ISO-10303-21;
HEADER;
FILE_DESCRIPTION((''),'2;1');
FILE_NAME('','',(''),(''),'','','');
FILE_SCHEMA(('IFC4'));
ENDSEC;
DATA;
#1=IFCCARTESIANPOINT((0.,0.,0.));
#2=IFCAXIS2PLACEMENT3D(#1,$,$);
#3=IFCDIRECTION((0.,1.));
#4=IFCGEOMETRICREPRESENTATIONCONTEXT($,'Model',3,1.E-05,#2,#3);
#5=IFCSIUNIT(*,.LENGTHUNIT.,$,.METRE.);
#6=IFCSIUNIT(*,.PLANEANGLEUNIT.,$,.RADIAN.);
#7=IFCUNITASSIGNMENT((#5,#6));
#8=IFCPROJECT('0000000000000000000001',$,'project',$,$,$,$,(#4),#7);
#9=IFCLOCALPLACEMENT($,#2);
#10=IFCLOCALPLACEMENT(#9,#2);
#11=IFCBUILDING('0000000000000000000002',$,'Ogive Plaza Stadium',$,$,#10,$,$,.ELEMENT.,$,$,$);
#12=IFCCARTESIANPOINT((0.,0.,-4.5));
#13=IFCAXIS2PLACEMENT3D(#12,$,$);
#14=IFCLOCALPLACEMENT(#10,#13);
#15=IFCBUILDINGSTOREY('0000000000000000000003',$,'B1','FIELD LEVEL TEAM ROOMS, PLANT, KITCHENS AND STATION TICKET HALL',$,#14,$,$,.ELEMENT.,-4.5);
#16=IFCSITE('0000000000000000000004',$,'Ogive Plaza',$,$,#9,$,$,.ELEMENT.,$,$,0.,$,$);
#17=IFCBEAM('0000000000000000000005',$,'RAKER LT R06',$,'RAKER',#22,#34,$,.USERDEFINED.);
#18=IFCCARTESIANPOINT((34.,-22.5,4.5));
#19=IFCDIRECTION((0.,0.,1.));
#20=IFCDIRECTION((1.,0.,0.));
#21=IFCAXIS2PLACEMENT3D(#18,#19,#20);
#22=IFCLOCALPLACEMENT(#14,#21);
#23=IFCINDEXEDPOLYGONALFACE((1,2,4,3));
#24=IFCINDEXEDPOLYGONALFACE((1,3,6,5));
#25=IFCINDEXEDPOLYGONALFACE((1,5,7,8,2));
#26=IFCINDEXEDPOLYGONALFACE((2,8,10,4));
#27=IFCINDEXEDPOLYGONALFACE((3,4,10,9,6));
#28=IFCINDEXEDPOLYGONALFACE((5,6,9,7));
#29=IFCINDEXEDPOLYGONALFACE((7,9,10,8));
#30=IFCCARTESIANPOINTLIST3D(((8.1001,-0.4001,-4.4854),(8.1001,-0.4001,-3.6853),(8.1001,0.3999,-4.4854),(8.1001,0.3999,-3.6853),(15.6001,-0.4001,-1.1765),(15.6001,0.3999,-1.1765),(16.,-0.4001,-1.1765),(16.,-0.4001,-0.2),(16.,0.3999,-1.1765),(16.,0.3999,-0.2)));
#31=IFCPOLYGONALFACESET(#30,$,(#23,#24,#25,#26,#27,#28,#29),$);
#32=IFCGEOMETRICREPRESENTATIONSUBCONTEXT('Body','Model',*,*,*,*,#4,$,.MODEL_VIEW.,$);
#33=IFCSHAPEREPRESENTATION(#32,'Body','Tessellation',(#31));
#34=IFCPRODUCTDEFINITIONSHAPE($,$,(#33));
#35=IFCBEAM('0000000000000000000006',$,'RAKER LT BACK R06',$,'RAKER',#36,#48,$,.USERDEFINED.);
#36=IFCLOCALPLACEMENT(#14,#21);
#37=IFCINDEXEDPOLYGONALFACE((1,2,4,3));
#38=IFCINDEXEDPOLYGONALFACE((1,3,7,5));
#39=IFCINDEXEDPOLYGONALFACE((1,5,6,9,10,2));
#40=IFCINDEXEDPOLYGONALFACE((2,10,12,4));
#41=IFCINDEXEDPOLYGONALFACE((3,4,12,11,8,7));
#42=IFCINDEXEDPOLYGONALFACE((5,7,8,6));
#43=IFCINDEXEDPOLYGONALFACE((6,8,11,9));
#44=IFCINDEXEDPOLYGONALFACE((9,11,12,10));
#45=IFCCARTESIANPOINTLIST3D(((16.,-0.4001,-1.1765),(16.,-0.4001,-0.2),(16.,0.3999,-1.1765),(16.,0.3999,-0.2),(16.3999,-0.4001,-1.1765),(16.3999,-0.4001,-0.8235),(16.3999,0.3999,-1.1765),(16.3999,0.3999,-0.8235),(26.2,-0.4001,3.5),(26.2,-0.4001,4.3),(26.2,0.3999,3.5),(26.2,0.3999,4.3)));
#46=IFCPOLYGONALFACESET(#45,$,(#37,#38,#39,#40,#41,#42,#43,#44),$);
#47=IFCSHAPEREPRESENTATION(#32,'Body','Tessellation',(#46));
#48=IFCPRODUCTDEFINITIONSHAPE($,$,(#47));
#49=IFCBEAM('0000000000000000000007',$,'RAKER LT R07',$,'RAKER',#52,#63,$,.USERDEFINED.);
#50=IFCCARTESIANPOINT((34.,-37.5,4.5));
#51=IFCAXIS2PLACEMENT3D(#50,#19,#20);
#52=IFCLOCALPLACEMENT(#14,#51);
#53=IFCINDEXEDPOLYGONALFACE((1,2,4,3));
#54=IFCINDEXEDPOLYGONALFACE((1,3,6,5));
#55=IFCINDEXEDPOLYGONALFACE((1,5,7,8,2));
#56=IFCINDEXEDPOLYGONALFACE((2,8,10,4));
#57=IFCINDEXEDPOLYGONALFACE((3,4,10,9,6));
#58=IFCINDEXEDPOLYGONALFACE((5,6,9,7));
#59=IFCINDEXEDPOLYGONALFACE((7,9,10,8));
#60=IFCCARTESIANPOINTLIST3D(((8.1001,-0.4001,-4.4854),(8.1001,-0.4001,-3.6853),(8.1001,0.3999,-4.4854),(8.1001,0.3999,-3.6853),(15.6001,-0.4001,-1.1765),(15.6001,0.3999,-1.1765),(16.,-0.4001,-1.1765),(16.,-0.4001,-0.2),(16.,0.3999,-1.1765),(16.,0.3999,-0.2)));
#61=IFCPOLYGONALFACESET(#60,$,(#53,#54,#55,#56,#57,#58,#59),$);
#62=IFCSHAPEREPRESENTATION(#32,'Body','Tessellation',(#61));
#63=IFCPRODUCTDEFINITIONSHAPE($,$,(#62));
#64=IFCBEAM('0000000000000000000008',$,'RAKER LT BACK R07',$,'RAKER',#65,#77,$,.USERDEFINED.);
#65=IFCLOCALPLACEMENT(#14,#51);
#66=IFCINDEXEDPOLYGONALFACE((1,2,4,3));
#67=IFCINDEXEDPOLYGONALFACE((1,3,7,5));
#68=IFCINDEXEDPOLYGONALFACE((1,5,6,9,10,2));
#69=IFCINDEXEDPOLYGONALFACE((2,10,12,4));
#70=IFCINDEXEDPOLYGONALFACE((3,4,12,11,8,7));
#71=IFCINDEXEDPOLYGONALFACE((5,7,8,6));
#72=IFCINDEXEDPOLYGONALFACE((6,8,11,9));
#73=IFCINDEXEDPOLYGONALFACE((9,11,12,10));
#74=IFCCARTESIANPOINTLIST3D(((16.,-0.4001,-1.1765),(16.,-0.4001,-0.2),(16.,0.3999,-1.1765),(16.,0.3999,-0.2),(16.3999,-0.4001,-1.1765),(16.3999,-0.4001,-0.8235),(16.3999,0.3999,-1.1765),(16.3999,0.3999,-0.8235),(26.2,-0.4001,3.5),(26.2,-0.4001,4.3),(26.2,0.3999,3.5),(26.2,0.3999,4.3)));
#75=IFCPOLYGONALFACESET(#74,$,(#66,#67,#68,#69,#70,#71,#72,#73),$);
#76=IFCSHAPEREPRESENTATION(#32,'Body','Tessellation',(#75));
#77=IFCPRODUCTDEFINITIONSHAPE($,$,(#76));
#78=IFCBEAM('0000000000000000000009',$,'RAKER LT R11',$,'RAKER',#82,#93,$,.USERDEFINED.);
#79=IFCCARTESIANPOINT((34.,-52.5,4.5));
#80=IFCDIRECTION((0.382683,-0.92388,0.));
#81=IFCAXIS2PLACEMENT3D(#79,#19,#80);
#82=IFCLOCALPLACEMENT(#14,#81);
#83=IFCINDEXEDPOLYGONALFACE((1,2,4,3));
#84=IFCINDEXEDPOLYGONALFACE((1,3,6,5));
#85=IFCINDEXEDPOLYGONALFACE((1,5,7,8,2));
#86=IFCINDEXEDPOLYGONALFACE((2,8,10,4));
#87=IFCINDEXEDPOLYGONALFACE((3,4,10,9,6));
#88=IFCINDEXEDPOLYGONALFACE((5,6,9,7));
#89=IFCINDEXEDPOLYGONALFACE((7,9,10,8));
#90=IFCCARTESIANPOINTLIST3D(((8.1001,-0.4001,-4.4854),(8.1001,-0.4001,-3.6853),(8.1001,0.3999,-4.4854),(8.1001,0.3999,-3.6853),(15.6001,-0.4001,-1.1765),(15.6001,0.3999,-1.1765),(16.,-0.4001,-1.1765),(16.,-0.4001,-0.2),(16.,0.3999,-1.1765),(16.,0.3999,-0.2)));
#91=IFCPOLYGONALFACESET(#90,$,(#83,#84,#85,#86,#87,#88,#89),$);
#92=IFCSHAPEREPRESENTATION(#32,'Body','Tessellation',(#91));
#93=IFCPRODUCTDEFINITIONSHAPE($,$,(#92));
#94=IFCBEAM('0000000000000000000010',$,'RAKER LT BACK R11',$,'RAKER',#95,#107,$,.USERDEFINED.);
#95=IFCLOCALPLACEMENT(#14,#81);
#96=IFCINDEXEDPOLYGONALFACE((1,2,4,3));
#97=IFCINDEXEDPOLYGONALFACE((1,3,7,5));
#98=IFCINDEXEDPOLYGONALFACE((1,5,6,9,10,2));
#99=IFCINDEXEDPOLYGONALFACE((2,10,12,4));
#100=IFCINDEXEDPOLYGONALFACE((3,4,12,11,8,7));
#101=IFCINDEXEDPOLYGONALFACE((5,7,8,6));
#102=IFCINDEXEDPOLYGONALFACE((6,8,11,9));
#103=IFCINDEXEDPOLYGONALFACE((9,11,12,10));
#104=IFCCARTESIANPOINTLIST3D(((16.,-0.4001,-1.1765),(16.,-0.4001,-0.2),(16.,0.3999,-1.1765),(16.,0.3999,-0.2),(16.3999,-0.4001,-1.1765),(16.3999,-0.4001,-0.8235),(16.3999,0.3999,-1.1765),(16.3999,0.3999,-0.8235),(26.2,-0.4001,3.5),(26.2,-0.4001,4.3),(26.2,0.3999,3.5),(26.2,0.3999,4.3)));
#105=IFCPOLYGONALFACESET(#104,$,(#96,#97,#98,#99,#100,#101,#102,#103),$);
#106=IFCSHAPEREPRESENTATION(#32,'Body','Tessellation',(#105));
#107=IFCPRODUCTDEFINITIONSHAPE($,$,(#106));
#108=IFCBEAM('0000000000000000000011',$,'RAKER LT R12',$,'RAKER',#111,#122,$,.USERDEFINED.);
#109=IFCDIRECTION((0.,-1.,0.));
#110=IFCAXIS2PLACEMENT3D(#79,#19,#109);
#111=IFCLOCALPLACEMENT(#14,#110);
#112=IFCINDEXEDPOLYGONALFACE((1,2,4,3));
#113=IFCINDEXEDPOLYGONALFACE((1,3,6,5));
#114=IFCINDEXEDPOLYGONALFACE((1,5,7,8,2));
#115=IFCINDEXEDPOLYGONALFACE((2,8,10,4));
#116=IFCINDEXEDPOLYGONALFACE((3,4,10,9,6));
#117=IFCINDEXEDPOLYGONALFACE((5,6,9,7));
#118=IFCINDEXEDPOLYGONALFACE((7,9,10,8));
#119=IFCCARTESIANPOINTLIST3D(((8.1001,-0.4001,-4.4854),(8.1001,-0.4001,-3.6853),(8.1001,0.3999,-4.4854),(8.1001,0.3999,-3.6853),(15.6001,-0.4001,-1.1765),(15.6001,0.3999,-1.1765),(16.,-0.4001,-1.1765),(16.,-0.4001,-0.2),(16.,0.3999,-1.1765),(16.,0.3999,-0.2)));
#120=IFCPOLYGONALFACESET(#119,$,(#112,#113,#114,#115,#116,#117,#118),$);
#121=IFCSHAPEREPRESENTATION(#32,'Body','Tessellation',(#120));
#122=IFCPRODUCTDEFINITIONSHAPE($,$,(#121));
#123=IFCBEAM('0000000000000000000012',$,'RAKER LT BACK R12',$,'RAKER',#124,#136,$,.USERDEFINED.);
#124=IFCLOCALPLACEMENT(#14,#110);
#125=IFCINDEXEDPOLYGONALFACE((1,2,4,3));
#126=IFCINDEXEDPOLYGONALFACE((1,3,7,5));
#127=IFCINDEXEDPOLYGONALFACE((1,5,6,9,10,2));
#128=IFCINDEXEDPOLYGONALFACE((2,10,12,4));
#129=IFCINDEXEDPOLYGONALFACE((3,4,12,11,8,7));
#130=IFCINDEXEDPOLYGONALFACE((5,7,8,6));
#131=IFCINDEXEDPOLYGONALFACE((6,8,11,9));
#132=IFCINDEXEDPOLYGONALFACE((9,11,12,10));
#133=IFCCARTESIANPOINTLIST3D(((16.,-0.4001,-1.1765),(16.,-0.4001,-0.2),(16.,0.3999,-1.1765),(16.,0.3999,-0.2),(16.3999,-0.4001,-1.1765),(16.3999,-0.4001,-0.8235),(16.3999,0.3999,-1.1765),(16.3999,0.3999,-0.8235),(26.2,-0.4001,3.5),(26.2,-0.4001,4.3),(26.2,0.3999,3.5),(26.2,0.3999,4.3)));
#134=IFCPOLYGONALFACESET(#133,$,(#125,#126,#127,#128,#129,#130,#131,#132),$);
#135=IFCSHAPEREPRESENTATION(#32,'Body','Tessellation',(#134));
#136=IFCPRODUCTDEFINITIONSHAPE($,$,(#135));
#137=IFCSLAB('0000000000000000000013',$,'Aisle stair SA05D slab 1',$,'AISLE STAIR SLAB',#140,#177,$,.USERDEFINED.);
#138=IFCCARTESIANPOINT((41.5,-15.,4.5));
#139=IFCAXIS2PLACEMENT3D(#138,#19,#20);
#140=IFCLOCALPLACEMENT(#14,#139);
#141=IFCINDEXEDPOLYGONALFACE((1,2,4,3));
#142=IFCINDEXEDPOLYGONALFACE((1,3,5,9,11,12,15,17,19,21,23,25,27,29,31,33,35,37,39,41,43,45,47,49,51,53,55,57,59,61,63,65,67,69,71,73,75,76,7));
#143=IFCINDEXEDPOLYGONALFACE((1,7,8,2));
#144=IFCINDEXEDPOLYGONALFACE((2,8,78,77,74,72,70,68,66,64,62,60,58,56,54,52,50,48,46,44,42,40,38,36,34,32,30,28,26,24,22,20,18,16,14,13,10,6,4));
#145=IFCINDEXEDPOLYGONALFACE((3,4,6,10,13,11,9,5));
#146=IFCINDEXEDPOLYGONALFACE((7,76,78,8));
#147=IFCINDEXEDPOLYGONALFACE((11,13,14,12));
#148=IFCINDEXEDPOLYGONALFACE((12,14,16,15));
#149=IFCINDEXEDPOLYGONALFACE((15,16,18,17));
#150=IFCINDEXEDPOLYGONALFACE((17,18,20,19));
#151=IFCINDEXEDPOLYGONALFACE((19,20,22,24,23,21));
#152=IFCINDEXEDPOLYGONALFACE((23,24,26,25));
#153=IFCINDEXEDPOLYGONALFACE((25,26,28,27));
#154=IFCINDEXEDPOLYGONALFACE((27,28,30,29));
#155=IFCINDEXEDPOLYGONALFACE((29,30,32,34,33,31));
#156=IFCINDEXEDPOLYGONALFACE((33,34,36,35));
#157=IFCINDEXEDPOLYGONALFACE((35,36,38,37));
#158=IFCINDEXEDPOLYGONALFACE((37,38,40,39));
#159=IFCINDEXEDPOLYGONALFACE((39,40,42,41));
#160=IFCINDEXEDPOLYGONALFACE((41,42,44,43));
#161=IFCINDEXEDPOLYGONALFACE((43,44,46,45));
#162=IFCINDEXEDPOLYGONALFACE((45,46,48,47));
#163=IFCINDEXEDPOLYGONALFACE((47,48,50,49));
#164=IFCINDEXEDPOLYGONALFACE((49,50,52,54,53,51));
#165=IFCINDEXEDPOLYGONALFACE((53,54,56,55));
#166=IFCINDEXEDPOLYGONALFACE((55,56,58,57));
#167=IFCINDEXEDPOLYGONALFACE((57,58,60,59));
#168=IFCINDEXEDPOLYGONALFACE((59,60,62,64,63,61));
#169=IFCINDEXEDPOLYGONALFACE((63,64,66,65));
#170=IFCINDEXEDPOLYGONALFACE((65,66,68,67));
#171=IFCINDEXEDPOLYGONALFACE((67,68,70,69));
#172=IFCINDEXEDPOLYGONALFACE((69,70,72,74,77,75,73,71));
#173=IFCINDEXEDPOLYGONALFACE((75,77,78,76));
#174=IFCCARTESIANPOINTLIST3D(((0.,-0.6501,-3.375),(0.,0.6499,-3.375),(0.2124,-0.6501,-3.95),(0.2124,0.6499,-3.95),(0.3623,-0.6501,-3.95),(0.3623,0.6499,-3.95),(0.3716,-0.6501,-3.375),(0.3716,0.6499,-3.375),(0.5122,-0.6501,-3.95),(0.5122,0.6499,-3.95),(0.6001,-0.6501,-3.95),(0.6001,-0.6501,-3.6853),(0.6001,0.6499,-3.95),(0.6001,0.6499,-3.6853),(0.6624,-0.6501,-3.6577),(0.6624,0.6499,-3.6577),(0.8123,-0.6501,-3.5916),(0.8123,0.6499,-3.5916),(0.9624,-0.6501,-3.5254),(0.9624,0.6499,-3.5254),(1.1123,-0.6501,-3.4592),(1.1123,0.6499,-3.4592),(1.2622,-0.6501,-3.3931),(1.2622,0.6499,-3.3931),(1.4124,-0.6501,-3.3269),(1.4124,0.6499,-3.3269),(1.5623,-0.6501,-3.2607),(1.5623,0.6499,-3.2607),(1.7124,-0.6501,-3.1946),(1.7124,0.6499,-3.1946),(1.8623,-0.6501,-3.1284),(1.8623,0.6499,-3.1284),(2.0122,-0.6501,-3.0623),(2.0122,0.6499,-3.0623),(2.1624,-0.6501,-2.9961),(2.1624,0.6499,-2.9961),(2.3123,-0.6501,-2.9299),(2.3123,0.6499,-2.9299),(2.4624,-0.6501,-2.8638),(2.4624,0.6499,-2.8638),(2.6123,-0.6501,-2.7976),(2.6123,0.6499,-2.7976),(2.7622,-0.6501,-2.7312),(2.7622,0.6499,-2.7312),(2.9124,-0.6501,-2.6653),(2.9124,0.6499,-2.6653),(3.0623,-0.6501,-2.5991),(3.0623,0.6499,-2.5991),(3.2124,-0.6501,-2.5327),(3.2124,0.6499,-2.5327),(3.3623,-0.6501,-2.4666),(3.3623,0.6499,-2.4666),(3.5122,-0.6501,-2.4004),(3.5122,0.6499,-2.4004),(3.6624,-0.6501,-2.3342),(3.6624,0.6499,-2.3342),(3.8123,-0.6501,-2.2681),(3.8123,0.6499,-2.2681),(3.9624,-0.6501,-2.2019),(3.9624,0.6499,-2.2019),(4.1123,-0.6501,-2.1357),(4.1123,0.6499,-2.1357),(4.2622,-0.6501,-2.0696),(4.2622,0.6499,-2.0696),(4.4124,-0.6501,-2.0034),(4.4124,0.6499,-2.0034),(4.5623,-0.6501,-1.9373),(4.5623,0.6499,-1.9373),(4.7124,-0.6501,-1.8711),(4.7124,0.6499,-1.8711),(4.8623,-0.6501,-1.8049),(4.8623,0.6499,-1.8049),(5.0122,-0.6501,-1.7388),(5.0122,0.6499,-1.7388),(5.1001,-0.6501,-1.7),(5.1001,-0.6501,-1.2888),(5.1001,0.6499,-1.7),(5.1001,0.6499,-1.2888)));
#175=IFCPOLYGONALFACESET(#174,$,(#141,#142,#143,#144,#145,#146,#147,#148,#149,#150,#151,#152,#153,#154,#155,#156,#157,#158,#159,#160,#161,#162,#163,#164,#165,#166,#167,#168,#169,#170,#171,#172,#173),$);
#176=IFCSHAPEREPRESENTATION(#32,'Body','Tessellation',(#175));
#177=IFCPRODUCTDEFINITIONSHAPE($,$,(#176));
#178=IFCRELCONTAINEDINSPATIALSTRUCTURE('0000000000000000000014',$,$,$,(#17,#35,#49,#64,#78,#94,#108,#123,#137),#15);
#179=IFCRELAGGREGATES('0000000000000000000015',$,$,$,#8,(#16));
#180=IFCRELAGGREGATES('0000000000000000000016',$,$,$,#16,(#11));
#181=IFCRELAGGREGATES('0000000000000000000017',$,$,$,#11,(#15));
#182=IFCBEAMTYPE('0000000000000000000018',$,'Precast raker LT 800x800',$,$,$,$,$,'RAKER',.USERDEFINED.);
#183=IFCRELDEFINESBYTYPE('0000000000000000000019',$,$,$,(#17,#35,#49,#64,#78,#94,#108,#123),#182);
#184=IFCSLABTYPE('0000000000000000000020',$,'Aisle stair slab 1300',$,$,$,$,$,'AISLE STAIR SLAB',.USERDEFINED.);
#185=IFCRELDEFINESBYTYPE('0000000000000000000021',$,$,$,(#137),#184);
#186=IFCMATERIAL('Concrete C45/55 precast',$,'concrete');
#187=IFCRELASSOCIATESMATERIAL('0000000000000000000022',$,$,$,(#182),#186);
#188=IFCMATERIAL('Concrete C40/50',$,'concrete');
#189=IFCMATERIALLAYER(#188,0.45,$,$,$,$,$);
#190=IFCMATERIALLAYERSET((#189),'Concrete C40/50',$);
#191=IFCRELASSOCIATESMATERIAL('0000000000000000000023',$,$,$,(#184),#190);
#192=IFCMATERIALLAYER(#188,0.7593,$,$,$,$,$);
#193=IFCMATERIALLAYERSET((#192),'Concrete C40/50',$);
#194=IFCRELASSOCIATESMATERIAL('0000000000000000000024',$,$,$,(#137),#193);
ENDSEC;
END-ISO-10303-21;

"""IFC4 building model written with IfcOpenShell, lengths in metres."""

from ifc_helpers import new_model, si_unit, direction, frame, origin, origin_2d, place, context, subcontext, project, spatial, polyline, rectangle, outline, extrude, material, layer, layer_set, material_profile, profile_set, type_object, element, save


model = new_model("IFC4")

# Units and contexts
model_context = context("Model", 3, precision=1e-05, world=origin(), true_north=direction((0.0, 1.0)))
body_context = subcontext(model_context, "Body", "Model", "MODEL_VIEW")
ifc_project = project(units=[si_unit("LENGTHUNIT", "METRE"), si_unit("PLANEANGLEUNIT", "RADIAN")], contexts=[model_context])

# Site, building, storey
site_placement = place(None, origin())
site = spatial("IfcSite", under=ifc_project, at=site_placement, Name="Ogive Plaza", CompositionType="ELEMENT", RefElevation=0.0)
building_placement = place(site_placement, origin())
building = spatial("IfcBuilding", under=site, at=building_placement, Name="Ogive Plaza Stadium", CompositionType="ELEMENT")
storey_placement = place(building_placement, frame((0.0, 0.0, -4.5)))
storey = spatial("IfcBuildingStorey", under=building, at=storey_placement, Name="B1", Description="FIELD LEVEL TEAM ROOMS, PLANT, KITCHENS AND STATION TICKET HALL", CompositionType="ELEMENT", Elevation=-4.5)

# Beams
ifc_material_1 = material(Name="Concrete C45/55 precast", Category="concrete")
ifc_material_profile_1 = material_profile(ifc_material_1, rectangle(XDim=0.8, YDim=0.8, at=origin_2d()), Name="RC 800x800")
ifc_profile_set_1 = profile_set([ifc_material_profile_1], Name="Concrete C45/55 precast")
beam_type = type_object("IfcBeamType", Name="Precast raker LT 800x800", ElementType="RAKER", PredefinedType="USERDEFINED", material=ifc_profile_set_1)
beam_1_placement = place(storey_placement, frame((34.0, -22.5, 4.5), z_axis=(0.0, 0.0, 1.0), x_axis=(1.0, 0.0, 0.0)))
element("IfcBeam", 1, at=beam_1_placement, inside=storey, type_object=beam_type, Name="RAKER LT R06", ObjectType="RAKER", PredefinedType="USERDEFINED", context=body_context, shape_type="SweptSolid", body=[
    extrude(outline(polyline([(8.1001, -4.4854), (15.6001, -1.1765), (16.0, -1.1765), (16.0, -0.2), (8.1001, -3.6853), (8.1001, -4.4854)])), frame((0.0, 0.3999, 0.0), z_axis=(0.0, -1.0, 0.0), x_axis=(1.0, 0.0, 0.0)), (0.0, 0.0, 1.0), 0.8),
])
beam_2_placement = place(storey_placement, frame((34.0, -22.5, 4.5), z_axis=(0.0, 0.0, 1.0), x_axis=(1.0, 0.0, 0.0)))
element("IfcBeam", 2, at=beam_2_placement, inside=storey, type_object=beam_type, Name="RAKER LT BACK R06", ObjectType="RAKER", PredefinedType="USERDEFINED", context=body_context, shape_type="SweptSolid", body=[
    extrude(outline(polyline([(16.0, -1.1765), (16.3999, -1.1765), (16.3999, -0.8235), (26.2, 3.5), (26.2, 4.3), (16.0, -0.2), (16.0, -1.1765)])), frame((0.0, 0.3999, 0.0), z_axis=(0.0, -1.0, 0.0), x_axis=(1.0, 0.0, 0.0)), (0.0, 0.0, 1.0), 0.8),
])
beam_3_placement = place(storey_placement, frame((34.0, -37.5, 4.5), z_axis=(0.0, 0.0, 1.0), x_axis=(1.0, 0.0, 0.0)))
element("IfcBeam", 3, at=beam_3_placement, inside=storey, type_object=beam_type, Name="RAKER LT R07", ObjectType="RAKER", PredefinedType="USERDEFINED", context=body_context, shape_type="SweptSolid", body=[
    extrude(outline(polyline([(8.1001, -4.4854), (15.6001, -1.1765), (16.0, -1.1765), (16.0, -0.2), (8.1001, -3.6853), (8.1001, -4.4854)])), frame((0.0, 0.3999, 0.0), z_axis=(0.0, -1.0, 0.0), x_axis=(1.0, 0.0, 0.0)), (0.0, 0.0, 1.0), 0.8),
])
beam_4_placement = place(storey_placement, frame((34.0, -37.5, 4.5), z_axis=(0.0, 0.0, 1.0), x_axis=(1.0, 0.0, 0.0)))
element("IfcBeam", 4, at=beam_4_placement, inside=storey, type_object=beam_type, Name="RAKER LT BACK R07", ObjectType="RAKER", PredefinedType="USERDEFINED", context=body_context, shape_type="SweptSolid", body=[
    extrude(outline(polyline([(16.0, -1.1765), (16.3999, -1.1765), (16.3999, -0.8235), (26.2, 3.5), (26.2, 4.3), (16.0, -0.2), (16.0, -1.1765)])), frame((0.0, 0.3999, 0.0), z_axis=(0.0, -1.0, 0.0), x_axis=(1.0, 0.0, 0.0)), (0.0, 0.0, 1.0), 0.8),
])
beam_5_placement = place(storey_placement, frame((34.0, -52.5, 4.5), z_axis=(0.0, 0.0, 1.0), x_axis=(0.382683, -0.92388, 0.0)))
element("IfcBeam", 5, at=beam_5_placement, inside=storey, type_object=beam_type, Name="RAKER LT R11", ObjectType="RAKER", PredefinedType="USERDEFINED", context=body_context, shape_type="SweptSolid", body=[
    extrude(outline(polyline([(8.1001, -4.4854), (15.6001, -1.1765), (16.0, -1.1765), (16.0, -0.2), (8.1001, -3.6853), (8.1001, -4.4854)])), frame((0.0, 0.3999, 0.0), z_axis=(0.0, -1.0, 0.0), x_axis=(1.0, 0.0, 0.0)), (0.0, 0.0, 1.0), 0.8),
])
beam_6_placement = place(storey_placement, frame((34.0, -52.5, 4.5), z_axis=(0.0, 0.0, 1.0), x_axis=(0.382683, -0.92388, 0.0)))
element("IfcBeam", 6, at=beam_6_placement, inside=storey, type_object=beam_type, Name="RAKER LT BACK R11", ObjectType="RAKER", PredefinedType="USERDEFINED", context=body_context, shape_type="SweptSolid", body=[
    extrude(outline(polyline([(16.0, -1.1765), (16.3999, -1.1765), (16.3999, -0.8235), (26.2, 3.5), (26.2, 4.3), (16.0, -0.2), (16.0, -1.1765)])), frame((0.0, 0.3999, 0.0), z_axis=(0.0, -1.0, 0.0), x_axis=(1.0, 0.0, 0.0)), (0.0, 0.0, 1.0), 0.8),
])
beam_7_placement = place(storey_placement, frame((34.0, -52.5, 4.5), z_axis=(0.0, 0.0, 1.0), x_axis=(0.0, -1.0, 0.0)))
element("IfcBeam", 7, at=beam_7_placement, inside=storey, type_object=beam_type, Name="RAKER LT R12", ObjectType="RAKER", PredefinedType="USERDEFINED", context=body_context, shape_type="SweptSolid", body=[
    extrude(outline(polyline([(8.1001, -4.4854), (15.6001, -1.1765), (16.0, -1.1765), (16.0, -0.2), (8.1001, -3.6853), (8.1001, -4.4854)])), frame((0.0, 0.3999, 0.0), z_axis=(0.0, -1.0, 0.0), x_axis=(1.0, 0.0, 0.0)), (0.0, 0.0, 1.0), 0.8),
])
beam_8_placement = place(storey_placement, frame((34.0, -52.5, 4.5), z_axis=(0.0, 0.0, 1.0), x_axis=(0.0, -1.0, 0.0)))
element("IfcBeam", 8, at=beam_8_placement, inside=storey, type_object=beam_type, Name="RAKER LT BACK R12", ObjectType="RAKER", PredefinedType="USERDEFINED", context=body_context, shape_type="SweptSolid", body=[
    extrude(outline(polyline([(16.0, -1.1765), (16.3999, -1.1765), (16.3999, -0.8235), (26.2, 3.5), (26.2, 4.3), (16.0, -0.2), (16.0, -1.1765)])), frame((0.0, 0.3999, 0.0), z_axis=(0.0, -1.0, 0.0), x_axis=(1.0, 0.0, 0.0)), (0.0, 0.0, 1.0), 0.8),
])

# Slab
ifc_material_2 = material(Name="Concrete C40/50", Category="concrete")
ifc_layer_1 = layer(ifc_material_2, 0.7593)
ifc_layer_set_1 = layer_set([ifc_layer_1], Name="Concrete C40/50")
ifc_layer_2 = layer(ifc_material_2, 0.45)
ifc_layer_set_2 = layer_set([ifc_layer_2], Name="Concrete C40/50")
slab_type = type_object("IfcSlabType", Name="Aisle stair slab 1300", ElementType="AISLE STAIR SLAB", PredefinedType="USERDEFINED", material=ifc_layer_set_2)
slab_1_placement = place(storey_placement, frame((41.5, -15.0, 4.5), z_axis=(0.0, 0.0, 1.0), x_axis=(1.0, 0.0, 0.0)))
element("IfcSlab", 9, at=slab_1_placement, inside=storey, type_object=slab_type, material=ifc_layer_set_1, Name="Aisle stair SA05D slab 1", ObjectType="AISLE STAIR SLAB", PredefinedType="USERDEFINED", context=body_context, shape_type="SweptSolid", body=[
    extrude(outline(polyline([(0.0, -3.375), (0.3716, -3.375), (5.1001, -1.2888), (5.1001, -1.7), (5.0122, -1.7388), (4.8623, -1.8049), (4.7124, -1.8711), (4.5623, -1.9373), (4.4124, -2.0034), (4.2622, -2.0696), (4.1123, -2.1357), (3.9624, -2.2019), (3.8123, -2.2681), (3.6624, -2.3342), (3.5122, -2.4004), (3.3623, -2.4666), (3.2124, -2.5327), (3.0623, -2.5991), (2.9124, -2.6653), (2.7622, -2.7312), (2.6123, -2.7976), (2.4624, -2.8638), (2.3123, -2.9299), (2.1624, -2.9961), (2.0122, -3.0623), (1.8623, -3.1284), (1.7124, -3.1946), (1.5623, -3.2607), (1.4124, -3.3269), (1.2622, -3.3931), (1.1123, -3.4592), (0.9624, -3.5254), (0.8123, -3.5916), (0.6624, -3.6577), (0.6001, -3.6853), (0.6001, -3.95), (0.5122, -3.95), (0.3623, -3.95), (0.2124, -3.95), (0.0, -3.375)])), frame((0.0, 0.6499, 0.0), z_axis=(0.0, -1.0, 0.0), x_axis=(1.0, 0.0, 0.0)), (0.0, 0.0, 1.0), 1.3),
])

save(model, "model.ifc")
